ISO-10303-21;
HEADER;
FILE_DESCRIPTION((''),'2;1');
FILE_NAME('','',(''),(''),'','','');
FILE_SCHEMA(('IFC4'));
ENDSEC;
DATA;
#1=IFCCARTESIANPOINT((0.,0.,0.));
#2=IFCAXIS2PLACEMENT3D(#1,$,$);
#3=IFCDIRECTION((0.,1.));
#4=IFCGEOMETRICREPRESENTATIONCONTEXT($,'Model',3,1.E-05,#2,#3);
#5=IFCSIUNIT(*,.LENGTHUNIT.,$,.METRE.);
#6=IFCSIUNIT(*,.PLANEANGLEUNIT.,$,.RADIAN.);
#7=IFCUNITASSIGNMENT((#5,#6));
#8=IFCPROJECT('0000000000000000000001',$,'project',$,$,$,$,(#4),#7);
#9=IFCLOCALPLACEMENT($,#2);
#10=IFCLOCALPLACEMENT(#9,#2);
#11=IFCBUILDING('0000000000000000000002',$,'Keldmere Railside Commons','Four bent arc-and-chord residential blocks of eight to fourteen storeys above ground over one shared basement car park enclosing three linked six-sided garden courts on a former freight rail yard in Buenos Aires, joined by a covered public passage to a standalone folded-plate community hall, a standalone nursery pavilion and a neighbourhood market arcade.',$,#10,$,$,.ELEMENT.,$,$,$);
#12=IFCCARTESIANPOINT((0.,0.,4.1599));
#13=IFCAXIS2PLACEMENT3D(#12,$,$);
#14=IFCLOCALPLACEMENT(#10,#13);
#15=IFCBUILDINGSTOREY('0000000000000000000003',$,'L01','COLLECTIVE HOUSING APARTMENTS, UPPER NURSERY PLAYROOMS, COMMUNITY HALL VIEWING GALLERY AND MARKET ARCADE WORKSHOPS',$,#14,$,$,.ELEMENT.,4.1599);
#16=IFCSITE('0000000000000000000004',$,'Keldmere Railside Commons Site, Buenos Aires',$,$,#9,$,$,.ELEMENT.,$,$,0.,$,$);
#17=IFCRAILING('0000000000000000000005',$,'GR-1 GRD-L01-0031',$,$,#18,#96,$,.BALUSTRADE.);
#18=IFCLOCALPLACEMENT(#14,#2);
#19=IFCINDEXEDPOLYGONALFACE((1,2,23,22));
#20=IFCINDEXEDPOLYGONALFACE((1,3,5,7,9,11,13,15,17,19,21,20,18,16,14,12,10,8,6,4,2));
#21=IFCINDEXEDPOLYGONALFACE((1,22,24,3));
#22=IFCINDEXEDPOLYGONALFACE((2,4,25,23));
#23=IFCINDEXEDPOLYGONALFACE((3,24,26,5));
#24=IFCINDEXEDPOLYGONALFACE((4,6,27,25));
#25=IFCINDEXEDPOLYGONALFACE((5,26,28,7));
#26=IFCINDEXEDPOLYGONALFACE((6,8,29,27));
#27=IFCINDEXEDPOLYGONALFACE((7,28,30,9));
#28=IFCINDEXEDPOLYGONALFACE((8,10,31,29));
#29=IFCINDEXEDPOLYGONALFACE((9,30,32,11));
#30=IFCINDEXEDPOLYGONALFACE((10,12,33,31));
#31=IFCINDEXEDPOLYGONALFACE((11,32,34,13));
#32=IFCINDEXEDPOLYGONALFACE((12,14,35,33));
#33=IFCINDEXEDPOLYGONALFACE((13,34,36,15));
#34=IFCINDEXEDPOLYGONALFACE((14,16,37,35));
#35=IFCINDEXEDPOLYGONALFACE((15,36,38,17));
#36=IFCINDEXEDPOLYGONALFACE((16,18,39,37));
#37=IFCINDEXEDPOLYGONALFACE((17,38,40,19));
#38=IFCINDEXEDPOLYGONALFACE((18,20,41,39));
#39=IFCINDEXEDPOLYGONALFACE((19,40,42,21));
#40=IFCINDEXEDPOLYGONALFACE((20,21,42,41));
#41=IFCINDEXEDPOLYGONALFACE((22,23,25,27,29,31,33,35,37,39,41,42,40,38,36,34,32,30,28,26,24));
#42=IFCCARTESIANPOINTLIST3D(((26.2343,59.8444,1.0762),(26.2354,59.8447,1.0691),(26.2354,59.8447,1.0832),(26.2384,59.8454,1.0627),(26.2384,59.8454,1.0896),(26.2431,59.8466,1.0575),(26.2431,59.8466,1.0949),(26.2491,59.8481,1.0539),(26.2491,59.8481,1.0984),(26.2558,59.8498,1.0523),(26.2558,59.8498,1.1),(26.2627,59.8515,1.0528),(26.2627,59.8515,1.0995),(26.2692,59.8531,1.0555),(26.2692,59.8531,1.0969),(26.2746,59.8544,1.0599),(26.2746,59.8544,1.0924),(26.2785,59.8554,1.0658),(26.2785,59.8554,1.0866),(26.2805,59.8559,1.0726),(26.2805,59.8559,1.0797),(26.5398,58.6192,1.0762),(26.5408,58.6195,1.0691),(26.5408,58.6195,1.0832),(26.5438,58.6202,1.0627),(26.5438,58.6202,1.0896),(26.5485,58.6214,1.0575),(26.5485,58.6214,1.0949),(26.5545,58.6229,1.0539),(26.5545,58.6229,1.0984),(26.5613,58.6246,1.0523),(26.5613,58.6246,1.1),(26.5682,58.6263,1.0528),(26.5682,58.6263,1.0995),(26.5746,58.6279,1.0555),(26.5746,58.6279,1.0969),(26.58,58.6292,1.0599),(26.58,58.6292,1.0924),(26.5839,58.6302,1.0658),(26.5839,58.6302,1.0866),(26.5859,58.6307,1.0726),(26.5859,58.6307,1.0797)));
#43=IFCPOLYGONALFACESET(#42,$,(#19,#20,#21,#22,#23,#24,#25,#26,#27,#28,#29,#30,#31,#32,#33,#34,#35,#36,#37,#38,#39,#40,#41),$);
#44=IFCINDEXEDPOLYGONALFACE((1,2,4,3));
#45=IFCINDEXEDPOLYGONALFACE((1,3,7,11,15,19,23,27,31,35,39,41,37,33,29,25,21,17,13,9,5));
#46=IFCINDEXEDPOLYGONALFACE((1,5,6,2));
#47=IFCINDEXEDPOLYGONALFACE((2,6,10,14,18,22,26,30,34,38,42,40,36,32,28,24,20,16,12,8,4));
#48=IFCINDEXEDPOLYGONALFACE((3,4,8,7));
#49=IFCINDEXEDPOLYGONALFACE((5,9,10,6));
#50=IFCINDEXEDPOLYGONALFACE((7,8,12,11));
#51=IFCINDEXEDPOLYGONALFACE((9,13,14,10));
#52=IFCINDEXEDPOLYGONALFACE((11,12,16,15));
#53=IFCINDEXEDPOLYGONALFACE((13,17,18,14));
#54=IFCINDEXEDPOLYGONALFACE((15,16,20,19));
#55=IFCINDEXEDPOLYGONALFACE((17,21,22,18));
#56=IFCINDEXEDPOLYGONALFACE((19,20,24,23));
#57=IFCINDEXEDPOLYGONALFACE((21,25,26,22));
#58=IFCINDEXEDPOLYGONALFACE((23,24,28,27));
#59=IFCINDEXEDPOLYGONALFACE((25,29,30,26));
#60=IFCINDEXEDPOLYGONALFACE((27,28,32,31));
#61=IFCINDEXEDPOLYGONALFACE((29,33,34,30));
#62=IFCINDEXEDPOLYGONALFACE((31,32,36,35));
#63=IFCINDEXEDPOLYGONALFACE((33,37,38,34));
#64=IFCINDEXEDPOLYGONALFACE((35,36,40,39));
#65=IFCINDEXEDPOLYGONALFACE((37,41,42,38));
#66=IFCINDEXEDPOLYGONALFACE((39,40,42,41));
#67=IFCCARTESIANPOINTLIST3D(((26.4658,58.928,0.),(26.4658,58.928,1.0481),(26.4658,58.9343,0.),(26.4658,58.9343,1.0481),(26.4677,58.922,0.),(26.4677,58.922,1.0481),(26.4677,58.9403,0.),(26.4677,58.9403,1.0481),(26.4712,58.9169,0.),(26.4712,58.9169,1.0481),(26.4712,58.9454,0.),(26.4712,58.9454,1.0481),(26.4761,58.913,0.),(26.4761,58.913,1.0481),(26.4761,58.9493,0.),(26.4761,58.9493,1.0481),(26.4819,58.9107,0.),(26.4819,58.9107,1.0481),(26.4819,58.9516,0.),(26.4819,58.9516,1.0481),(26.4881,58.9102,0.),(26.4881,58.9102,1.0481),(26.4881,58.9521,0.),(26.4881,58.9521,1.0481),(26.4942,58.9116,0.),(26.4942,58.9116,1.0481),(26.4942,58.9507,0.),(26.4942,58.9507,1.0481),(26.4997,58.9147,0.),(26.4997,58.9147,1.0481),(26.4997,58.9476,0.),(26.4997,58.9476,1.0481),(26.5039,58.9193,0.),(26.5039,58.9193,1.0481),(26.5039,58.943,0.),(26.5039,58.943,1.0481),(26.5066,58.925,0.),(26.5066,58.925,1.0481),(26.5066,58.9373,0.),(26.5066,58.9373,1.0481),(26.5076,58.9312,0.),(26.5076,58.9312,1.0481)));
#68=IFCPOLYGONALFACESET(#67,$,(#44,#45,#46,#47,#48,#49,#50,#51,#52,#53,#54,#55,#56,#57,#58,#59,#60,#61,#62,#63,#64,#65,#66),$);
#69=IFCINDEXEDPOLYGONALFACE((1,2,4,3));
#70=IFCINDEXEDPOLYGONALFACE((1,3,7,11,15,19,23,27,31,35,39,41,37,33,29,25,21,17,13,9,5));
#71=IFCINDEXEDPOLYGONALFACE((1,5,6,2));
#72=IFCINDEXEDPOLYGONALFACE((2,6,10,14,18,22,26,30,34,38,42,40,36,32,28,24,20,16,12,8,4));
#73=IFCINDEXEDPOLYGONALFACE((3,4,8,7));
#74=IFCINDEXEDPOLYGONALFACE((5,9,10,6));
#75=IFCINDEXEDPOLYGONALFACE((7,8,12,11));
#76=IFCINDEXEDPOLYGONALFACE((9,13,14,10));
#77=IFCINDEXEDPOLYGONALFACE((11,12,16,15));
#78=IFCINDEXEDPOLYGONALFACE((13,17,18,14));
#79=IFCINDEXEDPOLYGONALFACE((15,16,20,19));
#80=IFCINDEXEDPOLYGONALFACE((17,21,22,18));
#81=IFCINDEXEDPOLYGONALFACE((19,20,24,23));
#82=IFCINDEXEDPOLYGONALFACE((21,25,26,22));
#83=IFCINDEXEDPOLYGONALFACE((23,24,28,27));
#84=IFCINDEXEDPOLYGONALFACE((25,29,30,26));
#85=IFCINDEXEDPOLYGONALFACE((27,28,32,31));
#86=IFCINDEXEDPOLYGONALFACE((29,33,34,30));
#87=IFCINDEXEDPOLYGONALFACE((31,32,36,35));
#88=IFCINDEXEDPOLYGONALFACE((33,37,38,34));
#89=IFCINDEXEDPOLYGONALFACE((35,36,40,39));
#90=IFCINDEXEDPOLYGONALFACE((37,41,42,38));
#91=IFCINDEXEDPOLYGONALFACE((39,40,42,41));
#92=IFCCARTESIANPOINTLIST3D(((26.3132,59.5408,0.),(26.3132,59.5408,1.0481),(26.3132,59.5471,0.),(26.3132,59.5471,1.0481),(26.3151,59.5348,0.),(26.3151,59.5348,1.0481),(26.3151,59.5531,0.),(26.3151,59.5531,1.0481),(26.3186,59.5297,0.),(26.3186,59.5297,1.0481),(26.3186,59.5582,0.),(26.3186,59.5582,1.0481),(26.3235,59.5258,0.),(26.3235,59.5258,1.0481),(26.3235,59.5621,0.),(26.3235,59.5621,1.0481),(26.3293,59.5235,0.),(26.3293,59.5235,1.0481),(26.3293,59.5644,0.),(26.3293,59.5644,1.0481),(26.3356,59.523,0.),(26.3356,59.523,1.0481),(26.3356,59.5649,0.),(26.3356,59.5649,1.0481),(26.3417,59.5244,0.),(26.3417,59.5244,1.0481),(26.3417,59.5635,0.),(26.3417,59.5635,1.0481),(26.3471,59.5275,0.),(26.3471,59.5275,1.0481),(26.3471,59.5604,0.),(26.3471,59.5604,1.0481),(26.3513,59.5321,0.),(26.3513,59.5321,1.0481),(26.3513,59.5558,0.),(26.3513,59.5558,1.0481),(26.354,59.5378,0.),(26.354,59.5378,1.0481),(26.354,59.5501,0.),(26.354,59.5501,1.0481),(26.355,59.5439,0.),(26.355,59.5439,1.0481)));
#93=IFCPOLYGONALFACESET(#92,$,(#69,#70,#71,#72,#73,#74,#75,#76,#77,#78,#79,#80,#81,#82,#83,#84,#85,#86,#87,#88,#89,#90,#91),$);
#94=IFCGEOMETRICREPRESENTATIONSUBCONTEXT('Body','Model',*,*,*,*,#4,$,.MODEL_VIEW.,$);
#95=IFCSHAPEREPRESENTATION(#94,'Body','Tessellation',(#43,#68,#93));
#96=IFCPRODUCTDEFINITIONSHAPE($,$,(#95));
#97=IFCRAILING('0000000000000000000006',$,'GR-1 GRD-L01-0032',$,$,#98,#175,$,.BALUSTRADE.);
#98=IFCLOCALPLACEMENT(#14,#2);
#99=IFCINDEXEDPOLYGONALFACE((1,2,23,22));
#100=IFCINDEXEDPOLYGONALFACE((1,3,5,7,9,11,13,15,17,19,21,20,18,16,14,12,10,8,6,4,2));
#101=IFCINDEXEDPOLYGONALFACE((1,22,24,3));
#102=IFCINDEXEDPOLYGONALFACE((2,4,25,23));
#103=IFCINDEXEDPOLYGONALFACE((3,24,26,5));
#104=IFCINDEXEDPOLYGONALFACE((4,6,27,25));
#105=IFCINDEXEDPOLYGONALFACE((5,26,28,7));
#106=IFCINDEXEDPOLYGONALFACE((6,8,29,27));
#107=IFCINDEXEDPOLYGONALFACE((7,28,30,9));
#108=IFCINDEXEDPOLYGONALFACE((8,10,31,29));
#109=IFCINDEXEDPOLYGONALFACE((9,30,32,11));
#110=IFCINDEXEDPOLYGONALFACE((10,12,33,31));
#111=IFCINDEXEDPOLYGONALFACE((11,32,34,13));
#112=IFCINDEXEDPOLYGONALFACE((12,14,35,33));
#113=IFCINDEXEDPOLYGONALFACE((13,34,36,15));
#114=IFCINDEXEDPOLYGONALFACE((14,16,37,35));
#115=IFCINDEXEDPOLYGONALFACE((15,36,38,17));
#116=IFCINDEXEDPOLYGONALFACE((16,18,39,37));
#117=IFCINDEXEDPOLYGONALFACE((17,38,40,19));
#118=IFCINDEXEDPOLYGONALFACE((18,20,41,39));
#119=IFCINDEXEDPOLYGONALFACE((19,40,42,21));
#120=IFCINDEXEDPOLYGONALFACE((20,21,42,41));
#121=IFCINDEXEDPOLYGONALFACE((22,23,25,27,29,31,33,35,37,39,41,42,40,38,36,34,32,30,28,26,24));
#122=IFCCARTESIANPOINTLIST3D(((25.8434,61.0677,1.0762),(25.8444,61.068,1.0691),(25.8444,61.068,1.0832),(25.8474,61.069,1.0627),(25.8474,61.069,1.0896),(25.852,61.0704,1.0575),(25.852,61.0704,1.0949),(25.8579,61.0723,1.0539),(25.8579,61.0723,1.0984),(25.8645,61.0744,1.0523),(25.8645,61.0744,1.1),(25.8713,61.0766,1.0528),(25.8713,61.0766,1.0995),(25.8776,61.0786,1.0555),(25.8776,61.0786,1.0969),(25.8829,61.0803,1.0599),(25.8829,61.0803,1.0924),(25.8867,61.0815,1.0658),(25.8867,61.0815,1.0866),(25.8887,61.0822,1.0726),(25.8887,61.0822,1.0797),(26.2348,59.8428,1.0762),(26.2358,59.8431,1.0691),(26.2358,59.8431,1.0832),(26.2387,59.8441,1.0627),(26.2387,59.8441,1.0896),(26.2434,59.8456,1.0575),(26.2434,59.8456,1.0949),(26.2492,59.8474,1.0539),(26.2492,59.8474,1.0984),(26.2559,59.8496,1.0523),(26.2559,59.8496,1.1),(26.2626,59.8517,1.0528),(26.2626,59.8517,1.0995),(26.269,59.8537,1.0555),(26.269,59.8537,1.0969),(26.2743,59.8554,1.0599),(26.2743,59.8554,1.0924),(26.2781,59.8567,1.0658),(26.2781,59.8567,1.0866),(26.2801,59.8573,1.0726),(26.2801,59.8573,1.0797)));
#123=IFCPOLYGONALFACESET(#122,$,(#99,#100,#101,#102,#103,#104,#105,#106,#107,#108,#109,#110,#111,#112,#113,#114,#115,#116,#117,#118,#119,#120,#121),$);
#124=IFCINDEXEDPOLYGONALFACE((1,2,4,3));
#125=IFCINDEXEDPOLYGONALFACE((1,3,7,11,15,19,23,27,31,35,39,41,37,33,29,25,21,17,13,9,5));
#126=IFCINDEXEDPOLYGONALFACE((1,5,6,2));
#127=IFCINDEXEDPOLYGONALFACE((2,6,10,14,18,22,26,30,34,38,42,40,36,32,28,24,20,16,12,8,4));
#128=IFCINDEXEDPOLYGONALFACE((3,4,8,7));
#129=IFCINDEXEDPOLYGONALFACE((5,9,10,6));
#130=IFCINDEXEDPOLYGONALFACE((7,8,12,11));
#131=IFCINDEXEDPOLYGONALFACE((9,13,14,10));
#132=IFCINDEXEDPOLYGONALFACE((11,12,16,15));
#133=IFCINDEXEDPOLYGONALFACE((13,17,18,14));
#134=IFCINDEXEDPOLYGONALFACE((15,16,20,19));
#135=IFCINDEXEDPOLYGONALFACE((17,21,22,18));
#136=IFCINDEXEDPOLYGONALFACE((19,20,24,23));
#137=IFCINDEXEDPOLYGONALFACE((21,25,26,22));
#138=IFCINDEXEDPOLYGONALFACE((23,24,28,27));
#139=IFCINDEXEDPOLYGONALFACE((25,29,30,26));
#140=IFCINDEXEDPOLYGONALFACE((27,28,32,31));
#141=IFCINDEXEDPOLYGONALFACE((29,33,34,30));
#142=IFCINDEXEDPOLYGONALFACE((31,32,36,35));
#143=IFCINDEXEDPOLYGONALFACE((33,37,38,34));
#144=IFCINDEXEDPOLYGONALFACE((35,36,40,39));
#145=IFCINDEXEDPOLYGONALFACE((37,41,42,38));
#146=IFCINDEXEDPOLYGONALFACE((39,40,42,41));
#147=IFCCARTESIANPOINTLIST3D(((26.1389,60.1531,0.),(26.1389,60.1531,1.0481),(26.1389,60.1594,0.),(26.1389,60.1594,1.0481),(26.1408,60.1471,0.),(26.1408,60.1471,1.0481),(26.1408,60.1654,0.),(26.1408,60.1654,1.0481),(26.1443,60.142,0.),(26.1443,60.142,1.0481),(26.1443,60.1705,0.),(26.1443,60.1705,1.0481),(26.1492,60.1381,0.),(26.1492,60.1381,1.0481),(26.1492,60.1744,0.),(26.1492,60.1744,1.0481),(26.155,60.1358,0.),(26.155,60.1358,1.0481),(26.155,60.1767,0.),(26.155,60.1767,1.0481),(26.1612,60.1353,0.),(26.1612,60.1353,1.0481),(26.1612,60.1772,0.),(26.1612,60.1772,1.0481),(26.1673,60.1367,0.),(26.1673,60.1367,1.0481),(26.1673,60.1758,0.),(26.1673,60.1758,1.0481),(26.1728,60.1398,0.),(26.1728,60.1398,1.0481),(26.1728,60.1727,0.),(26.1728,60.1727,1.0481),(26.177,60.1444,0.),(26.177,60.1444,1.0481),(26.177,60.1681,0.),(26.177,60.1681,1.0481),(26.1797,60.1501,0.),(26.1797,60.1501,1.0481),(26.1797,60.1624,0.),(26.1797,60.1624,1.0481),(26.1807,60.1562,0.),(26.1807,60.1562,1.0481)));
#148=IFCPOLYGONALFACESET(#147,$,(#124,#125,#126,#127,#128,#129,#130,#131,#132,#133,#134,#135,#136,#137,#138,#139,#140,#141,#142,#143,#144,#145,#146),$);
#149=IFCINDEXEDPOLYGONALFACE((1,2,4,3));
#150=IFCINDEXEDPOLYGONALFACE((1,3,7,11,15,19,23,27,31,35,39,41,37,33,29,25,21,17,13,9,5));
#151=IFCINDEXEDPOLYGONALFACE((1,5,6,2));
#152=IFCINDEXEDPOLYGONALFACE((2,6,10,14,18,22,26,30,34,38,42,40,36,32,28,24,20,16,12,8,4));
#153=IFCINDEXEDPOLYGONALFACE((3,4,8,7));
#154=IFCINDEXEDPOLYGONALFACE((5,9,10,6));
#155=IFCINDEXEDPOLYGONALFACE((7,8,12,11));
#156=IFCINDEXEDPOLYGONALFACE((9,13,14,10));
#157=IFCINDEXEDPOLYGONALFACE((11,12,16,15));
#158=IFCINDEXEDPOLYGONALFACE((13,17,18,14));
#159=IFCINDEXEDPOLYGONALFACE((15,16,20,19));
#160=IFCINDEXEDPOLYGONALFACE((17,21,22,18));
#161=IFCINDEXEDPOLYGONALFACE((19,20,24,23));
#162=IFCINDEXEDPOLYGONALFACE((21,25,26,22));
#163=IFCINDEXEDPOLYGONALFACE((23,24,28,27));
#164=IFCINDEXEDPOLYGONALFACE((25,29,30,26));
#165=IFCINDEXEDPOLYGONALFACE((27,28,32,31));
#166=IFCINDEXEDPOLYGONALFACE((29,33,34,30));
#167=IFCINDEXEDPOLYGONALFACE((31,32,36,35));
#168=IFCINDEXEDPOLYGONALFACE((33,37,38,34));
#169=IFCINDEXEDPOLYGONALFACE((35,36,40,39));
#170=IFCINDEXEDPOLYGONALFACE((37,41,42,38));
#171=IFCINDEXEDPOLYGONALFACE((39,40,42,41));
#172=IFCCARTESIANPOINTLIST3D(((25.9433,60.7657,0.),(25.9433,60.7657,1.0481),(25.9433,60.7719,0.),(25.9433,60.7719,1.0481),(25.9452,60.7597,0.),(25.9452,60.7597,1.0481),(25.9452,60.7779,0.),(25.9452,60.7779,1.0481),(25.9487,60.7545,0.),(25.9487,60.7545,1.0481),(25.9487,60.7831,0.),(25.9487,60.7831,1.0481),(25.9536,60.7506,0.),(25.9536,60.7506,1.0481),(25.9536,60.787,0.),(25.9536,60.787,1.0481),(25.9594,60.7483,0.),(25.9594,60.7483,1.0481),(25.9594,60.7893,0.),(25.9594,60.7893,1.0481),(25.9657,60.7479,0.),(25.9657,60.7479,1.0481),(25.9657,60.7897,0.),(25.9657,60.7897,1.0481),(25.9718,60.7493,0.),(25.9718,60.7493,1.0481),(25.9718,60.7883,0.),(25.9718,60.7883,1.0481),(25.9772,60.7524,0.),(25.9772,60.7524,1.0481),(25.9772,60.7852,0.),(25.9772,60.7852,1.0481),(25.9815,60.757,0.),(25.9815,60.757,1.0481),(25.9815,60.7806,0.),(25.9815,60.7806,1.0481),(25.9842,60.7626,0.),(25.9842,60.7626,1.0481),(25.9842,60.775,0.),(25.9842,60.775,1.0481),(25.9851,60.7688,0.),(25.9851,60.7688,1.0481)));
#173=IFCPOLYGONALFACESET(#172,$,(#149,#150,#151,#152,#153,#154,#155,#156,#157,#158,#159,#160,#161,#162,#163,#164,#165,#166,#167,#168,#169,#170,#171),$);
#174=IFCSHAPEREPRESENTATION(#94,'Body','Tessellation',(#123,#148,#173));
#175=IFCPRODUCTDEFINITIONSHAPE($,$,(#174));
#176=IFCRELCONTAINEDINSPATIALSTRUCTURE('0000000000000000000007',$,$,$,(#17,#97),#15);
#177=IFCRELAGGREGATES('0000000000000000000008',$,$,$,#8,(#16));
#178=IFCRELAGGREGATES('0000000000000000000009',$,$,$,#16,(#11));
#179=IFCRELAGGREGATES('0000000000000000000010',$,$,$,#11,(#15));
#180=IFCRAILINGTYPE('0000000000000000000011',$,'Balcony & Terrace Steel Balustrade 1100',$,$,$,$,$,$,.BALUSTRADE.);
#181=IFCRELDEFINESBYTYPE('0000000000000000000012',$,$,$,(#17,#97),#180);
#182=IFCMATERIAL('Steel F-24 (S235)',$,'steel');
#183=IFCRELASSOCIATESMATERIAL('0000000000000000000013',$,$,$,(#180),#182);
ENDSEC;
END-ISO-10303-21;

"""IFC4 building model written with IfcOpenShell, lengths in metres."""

from ifc_helpers import new_model, si_unit, direction, frame, origin, origin_2d, place, context, subcontext, project, spatial, circle, extrude, material, type_object, element, save


model = new_model("IFC4")

# Units and contexts
model_context = context("Model", 3, precision=1e-05, world=origin(), true_north=direction((0.0, 1.0)))
body_context = subcontext(model_context, "Body", "Model", "MODEL_VIEW")
ifc_project = project(units=[si_unit("LENGTHUNIT", "METRE"), si_unit("PLANEANGLEUNIT", "RADIAN")], contexts=[model_context])

# Site, building, storey
site_placement = place(None, origin())
site = spatial("IfcSite", under=ifc_project, at=site_placement, Name="Keldmere Railside Commons Site, Buenos Aires", CompositionType="ELEMENT", RefElevation=0.0)
building_placement = place(site_placement, origin())
building = spatial("IfcBuilding", under=site, at=building_placement, Name="Keldmere Railside Commons", Description="Four bent arc-and-chord residential blocks of eight to fourteen storeys above ground over one shared basement car park enclosing three linked six-sided garden courts on a former freight rail yard in Buenos Aires, joined by a covered public passage to a standalone folded-plate community hall, a standalone nursery pavilion and a neighbourhood market arcade.", CompositionType="ELEMENT")
storey_placement = place(building_placement, frame((0.0, 0.0, 4.1599)))
storey = spatial("IfcBuildingStorey", under=building, at=storey_placement, Name="L01", Description="COLLECTIVE HOUSING APARTMENTS, UPPER NURSERY PLAYROOMS, COMMUNITY HALL VIEWING GALLERY AND MARKET ARCADE WORKSHOPS", CompositionType="ELEMENT", Elevation=4.1599)

# Railings
ifc_material_1 = material(Name="Steel F-24 (S235)", Category="steel")
railing_type = type_object("IfcRailingType", Name="Balcony & Terrace Steel Balustrade 1100", PredefinedType="BALUSTRADE", material=ifc_material_1)
railing_1_placement = place(storey_placement, frame((26.563, 58.625, 0.0)))
element("IfcRailing", 1, at=railing_1_placement, inside=storey, type_object=railing_type, Name="GR-1 GRD-L01-0031", PredefinedType="BALUSTRADE", context=body_context, shape_type="SweptSolid", body=[
    extrude(circle(Radius=0.0239, at=origin_2d()), frame((0.0, 0.0, 1.0762), z_axis=(-0.241899, 0.970302, 0.0), x_axis=(-0.970302, -0.241899, 0.0)), (0.0, 0.0, 1.0), 1.2627),
    extrude(circle(Radius=0.021, at=origin_2d()), frame((-0.0764, 0.3062, 0.0)), (0.0, 0.0, 1.0), 1.0481),
    extrude(circle(Radius=0.021, at=origin_2d()), frame((-0.229, 0.9189, 0.0)), (0.0, 0.0, 1.0), 1.0481),
])
railing_2_placement = place(storey_placement, frame((26.2576, 59.8501, 0.0)))
element("IfcRailing", 2, at=railing_2_placement, inside=storey, type_object=railing_type, Name="GR-1 GRD-L01-0032", PredefinedType="BALUSTRADE", context=body_context, shape_type="SweptSolid", body=[
    extrude(circle(Radius=0.0239, at=origin_2d()), frame((0.0, 0.0, 1.0762), z_axis=(-0.304355, 0.952559, 0.0), x_axis=(-0.952559, -0.304355, 0.0)), (0.0, 0.0, 1.0), 1.2859),
    extrude(circle(Radius=0.021, at=origin_2d()), frame((-0.0979, 0.3062, 0.0)), (0.0, 0.0, 1.0), 1.0481),
    extrude(circle(Radius=0.021, at=origin_2d()), frame((-0.2935, 0.9187, 0.0)), (0.0, 0.0, 1.0), 1.0481),
])

save(model, "model.ifc")
